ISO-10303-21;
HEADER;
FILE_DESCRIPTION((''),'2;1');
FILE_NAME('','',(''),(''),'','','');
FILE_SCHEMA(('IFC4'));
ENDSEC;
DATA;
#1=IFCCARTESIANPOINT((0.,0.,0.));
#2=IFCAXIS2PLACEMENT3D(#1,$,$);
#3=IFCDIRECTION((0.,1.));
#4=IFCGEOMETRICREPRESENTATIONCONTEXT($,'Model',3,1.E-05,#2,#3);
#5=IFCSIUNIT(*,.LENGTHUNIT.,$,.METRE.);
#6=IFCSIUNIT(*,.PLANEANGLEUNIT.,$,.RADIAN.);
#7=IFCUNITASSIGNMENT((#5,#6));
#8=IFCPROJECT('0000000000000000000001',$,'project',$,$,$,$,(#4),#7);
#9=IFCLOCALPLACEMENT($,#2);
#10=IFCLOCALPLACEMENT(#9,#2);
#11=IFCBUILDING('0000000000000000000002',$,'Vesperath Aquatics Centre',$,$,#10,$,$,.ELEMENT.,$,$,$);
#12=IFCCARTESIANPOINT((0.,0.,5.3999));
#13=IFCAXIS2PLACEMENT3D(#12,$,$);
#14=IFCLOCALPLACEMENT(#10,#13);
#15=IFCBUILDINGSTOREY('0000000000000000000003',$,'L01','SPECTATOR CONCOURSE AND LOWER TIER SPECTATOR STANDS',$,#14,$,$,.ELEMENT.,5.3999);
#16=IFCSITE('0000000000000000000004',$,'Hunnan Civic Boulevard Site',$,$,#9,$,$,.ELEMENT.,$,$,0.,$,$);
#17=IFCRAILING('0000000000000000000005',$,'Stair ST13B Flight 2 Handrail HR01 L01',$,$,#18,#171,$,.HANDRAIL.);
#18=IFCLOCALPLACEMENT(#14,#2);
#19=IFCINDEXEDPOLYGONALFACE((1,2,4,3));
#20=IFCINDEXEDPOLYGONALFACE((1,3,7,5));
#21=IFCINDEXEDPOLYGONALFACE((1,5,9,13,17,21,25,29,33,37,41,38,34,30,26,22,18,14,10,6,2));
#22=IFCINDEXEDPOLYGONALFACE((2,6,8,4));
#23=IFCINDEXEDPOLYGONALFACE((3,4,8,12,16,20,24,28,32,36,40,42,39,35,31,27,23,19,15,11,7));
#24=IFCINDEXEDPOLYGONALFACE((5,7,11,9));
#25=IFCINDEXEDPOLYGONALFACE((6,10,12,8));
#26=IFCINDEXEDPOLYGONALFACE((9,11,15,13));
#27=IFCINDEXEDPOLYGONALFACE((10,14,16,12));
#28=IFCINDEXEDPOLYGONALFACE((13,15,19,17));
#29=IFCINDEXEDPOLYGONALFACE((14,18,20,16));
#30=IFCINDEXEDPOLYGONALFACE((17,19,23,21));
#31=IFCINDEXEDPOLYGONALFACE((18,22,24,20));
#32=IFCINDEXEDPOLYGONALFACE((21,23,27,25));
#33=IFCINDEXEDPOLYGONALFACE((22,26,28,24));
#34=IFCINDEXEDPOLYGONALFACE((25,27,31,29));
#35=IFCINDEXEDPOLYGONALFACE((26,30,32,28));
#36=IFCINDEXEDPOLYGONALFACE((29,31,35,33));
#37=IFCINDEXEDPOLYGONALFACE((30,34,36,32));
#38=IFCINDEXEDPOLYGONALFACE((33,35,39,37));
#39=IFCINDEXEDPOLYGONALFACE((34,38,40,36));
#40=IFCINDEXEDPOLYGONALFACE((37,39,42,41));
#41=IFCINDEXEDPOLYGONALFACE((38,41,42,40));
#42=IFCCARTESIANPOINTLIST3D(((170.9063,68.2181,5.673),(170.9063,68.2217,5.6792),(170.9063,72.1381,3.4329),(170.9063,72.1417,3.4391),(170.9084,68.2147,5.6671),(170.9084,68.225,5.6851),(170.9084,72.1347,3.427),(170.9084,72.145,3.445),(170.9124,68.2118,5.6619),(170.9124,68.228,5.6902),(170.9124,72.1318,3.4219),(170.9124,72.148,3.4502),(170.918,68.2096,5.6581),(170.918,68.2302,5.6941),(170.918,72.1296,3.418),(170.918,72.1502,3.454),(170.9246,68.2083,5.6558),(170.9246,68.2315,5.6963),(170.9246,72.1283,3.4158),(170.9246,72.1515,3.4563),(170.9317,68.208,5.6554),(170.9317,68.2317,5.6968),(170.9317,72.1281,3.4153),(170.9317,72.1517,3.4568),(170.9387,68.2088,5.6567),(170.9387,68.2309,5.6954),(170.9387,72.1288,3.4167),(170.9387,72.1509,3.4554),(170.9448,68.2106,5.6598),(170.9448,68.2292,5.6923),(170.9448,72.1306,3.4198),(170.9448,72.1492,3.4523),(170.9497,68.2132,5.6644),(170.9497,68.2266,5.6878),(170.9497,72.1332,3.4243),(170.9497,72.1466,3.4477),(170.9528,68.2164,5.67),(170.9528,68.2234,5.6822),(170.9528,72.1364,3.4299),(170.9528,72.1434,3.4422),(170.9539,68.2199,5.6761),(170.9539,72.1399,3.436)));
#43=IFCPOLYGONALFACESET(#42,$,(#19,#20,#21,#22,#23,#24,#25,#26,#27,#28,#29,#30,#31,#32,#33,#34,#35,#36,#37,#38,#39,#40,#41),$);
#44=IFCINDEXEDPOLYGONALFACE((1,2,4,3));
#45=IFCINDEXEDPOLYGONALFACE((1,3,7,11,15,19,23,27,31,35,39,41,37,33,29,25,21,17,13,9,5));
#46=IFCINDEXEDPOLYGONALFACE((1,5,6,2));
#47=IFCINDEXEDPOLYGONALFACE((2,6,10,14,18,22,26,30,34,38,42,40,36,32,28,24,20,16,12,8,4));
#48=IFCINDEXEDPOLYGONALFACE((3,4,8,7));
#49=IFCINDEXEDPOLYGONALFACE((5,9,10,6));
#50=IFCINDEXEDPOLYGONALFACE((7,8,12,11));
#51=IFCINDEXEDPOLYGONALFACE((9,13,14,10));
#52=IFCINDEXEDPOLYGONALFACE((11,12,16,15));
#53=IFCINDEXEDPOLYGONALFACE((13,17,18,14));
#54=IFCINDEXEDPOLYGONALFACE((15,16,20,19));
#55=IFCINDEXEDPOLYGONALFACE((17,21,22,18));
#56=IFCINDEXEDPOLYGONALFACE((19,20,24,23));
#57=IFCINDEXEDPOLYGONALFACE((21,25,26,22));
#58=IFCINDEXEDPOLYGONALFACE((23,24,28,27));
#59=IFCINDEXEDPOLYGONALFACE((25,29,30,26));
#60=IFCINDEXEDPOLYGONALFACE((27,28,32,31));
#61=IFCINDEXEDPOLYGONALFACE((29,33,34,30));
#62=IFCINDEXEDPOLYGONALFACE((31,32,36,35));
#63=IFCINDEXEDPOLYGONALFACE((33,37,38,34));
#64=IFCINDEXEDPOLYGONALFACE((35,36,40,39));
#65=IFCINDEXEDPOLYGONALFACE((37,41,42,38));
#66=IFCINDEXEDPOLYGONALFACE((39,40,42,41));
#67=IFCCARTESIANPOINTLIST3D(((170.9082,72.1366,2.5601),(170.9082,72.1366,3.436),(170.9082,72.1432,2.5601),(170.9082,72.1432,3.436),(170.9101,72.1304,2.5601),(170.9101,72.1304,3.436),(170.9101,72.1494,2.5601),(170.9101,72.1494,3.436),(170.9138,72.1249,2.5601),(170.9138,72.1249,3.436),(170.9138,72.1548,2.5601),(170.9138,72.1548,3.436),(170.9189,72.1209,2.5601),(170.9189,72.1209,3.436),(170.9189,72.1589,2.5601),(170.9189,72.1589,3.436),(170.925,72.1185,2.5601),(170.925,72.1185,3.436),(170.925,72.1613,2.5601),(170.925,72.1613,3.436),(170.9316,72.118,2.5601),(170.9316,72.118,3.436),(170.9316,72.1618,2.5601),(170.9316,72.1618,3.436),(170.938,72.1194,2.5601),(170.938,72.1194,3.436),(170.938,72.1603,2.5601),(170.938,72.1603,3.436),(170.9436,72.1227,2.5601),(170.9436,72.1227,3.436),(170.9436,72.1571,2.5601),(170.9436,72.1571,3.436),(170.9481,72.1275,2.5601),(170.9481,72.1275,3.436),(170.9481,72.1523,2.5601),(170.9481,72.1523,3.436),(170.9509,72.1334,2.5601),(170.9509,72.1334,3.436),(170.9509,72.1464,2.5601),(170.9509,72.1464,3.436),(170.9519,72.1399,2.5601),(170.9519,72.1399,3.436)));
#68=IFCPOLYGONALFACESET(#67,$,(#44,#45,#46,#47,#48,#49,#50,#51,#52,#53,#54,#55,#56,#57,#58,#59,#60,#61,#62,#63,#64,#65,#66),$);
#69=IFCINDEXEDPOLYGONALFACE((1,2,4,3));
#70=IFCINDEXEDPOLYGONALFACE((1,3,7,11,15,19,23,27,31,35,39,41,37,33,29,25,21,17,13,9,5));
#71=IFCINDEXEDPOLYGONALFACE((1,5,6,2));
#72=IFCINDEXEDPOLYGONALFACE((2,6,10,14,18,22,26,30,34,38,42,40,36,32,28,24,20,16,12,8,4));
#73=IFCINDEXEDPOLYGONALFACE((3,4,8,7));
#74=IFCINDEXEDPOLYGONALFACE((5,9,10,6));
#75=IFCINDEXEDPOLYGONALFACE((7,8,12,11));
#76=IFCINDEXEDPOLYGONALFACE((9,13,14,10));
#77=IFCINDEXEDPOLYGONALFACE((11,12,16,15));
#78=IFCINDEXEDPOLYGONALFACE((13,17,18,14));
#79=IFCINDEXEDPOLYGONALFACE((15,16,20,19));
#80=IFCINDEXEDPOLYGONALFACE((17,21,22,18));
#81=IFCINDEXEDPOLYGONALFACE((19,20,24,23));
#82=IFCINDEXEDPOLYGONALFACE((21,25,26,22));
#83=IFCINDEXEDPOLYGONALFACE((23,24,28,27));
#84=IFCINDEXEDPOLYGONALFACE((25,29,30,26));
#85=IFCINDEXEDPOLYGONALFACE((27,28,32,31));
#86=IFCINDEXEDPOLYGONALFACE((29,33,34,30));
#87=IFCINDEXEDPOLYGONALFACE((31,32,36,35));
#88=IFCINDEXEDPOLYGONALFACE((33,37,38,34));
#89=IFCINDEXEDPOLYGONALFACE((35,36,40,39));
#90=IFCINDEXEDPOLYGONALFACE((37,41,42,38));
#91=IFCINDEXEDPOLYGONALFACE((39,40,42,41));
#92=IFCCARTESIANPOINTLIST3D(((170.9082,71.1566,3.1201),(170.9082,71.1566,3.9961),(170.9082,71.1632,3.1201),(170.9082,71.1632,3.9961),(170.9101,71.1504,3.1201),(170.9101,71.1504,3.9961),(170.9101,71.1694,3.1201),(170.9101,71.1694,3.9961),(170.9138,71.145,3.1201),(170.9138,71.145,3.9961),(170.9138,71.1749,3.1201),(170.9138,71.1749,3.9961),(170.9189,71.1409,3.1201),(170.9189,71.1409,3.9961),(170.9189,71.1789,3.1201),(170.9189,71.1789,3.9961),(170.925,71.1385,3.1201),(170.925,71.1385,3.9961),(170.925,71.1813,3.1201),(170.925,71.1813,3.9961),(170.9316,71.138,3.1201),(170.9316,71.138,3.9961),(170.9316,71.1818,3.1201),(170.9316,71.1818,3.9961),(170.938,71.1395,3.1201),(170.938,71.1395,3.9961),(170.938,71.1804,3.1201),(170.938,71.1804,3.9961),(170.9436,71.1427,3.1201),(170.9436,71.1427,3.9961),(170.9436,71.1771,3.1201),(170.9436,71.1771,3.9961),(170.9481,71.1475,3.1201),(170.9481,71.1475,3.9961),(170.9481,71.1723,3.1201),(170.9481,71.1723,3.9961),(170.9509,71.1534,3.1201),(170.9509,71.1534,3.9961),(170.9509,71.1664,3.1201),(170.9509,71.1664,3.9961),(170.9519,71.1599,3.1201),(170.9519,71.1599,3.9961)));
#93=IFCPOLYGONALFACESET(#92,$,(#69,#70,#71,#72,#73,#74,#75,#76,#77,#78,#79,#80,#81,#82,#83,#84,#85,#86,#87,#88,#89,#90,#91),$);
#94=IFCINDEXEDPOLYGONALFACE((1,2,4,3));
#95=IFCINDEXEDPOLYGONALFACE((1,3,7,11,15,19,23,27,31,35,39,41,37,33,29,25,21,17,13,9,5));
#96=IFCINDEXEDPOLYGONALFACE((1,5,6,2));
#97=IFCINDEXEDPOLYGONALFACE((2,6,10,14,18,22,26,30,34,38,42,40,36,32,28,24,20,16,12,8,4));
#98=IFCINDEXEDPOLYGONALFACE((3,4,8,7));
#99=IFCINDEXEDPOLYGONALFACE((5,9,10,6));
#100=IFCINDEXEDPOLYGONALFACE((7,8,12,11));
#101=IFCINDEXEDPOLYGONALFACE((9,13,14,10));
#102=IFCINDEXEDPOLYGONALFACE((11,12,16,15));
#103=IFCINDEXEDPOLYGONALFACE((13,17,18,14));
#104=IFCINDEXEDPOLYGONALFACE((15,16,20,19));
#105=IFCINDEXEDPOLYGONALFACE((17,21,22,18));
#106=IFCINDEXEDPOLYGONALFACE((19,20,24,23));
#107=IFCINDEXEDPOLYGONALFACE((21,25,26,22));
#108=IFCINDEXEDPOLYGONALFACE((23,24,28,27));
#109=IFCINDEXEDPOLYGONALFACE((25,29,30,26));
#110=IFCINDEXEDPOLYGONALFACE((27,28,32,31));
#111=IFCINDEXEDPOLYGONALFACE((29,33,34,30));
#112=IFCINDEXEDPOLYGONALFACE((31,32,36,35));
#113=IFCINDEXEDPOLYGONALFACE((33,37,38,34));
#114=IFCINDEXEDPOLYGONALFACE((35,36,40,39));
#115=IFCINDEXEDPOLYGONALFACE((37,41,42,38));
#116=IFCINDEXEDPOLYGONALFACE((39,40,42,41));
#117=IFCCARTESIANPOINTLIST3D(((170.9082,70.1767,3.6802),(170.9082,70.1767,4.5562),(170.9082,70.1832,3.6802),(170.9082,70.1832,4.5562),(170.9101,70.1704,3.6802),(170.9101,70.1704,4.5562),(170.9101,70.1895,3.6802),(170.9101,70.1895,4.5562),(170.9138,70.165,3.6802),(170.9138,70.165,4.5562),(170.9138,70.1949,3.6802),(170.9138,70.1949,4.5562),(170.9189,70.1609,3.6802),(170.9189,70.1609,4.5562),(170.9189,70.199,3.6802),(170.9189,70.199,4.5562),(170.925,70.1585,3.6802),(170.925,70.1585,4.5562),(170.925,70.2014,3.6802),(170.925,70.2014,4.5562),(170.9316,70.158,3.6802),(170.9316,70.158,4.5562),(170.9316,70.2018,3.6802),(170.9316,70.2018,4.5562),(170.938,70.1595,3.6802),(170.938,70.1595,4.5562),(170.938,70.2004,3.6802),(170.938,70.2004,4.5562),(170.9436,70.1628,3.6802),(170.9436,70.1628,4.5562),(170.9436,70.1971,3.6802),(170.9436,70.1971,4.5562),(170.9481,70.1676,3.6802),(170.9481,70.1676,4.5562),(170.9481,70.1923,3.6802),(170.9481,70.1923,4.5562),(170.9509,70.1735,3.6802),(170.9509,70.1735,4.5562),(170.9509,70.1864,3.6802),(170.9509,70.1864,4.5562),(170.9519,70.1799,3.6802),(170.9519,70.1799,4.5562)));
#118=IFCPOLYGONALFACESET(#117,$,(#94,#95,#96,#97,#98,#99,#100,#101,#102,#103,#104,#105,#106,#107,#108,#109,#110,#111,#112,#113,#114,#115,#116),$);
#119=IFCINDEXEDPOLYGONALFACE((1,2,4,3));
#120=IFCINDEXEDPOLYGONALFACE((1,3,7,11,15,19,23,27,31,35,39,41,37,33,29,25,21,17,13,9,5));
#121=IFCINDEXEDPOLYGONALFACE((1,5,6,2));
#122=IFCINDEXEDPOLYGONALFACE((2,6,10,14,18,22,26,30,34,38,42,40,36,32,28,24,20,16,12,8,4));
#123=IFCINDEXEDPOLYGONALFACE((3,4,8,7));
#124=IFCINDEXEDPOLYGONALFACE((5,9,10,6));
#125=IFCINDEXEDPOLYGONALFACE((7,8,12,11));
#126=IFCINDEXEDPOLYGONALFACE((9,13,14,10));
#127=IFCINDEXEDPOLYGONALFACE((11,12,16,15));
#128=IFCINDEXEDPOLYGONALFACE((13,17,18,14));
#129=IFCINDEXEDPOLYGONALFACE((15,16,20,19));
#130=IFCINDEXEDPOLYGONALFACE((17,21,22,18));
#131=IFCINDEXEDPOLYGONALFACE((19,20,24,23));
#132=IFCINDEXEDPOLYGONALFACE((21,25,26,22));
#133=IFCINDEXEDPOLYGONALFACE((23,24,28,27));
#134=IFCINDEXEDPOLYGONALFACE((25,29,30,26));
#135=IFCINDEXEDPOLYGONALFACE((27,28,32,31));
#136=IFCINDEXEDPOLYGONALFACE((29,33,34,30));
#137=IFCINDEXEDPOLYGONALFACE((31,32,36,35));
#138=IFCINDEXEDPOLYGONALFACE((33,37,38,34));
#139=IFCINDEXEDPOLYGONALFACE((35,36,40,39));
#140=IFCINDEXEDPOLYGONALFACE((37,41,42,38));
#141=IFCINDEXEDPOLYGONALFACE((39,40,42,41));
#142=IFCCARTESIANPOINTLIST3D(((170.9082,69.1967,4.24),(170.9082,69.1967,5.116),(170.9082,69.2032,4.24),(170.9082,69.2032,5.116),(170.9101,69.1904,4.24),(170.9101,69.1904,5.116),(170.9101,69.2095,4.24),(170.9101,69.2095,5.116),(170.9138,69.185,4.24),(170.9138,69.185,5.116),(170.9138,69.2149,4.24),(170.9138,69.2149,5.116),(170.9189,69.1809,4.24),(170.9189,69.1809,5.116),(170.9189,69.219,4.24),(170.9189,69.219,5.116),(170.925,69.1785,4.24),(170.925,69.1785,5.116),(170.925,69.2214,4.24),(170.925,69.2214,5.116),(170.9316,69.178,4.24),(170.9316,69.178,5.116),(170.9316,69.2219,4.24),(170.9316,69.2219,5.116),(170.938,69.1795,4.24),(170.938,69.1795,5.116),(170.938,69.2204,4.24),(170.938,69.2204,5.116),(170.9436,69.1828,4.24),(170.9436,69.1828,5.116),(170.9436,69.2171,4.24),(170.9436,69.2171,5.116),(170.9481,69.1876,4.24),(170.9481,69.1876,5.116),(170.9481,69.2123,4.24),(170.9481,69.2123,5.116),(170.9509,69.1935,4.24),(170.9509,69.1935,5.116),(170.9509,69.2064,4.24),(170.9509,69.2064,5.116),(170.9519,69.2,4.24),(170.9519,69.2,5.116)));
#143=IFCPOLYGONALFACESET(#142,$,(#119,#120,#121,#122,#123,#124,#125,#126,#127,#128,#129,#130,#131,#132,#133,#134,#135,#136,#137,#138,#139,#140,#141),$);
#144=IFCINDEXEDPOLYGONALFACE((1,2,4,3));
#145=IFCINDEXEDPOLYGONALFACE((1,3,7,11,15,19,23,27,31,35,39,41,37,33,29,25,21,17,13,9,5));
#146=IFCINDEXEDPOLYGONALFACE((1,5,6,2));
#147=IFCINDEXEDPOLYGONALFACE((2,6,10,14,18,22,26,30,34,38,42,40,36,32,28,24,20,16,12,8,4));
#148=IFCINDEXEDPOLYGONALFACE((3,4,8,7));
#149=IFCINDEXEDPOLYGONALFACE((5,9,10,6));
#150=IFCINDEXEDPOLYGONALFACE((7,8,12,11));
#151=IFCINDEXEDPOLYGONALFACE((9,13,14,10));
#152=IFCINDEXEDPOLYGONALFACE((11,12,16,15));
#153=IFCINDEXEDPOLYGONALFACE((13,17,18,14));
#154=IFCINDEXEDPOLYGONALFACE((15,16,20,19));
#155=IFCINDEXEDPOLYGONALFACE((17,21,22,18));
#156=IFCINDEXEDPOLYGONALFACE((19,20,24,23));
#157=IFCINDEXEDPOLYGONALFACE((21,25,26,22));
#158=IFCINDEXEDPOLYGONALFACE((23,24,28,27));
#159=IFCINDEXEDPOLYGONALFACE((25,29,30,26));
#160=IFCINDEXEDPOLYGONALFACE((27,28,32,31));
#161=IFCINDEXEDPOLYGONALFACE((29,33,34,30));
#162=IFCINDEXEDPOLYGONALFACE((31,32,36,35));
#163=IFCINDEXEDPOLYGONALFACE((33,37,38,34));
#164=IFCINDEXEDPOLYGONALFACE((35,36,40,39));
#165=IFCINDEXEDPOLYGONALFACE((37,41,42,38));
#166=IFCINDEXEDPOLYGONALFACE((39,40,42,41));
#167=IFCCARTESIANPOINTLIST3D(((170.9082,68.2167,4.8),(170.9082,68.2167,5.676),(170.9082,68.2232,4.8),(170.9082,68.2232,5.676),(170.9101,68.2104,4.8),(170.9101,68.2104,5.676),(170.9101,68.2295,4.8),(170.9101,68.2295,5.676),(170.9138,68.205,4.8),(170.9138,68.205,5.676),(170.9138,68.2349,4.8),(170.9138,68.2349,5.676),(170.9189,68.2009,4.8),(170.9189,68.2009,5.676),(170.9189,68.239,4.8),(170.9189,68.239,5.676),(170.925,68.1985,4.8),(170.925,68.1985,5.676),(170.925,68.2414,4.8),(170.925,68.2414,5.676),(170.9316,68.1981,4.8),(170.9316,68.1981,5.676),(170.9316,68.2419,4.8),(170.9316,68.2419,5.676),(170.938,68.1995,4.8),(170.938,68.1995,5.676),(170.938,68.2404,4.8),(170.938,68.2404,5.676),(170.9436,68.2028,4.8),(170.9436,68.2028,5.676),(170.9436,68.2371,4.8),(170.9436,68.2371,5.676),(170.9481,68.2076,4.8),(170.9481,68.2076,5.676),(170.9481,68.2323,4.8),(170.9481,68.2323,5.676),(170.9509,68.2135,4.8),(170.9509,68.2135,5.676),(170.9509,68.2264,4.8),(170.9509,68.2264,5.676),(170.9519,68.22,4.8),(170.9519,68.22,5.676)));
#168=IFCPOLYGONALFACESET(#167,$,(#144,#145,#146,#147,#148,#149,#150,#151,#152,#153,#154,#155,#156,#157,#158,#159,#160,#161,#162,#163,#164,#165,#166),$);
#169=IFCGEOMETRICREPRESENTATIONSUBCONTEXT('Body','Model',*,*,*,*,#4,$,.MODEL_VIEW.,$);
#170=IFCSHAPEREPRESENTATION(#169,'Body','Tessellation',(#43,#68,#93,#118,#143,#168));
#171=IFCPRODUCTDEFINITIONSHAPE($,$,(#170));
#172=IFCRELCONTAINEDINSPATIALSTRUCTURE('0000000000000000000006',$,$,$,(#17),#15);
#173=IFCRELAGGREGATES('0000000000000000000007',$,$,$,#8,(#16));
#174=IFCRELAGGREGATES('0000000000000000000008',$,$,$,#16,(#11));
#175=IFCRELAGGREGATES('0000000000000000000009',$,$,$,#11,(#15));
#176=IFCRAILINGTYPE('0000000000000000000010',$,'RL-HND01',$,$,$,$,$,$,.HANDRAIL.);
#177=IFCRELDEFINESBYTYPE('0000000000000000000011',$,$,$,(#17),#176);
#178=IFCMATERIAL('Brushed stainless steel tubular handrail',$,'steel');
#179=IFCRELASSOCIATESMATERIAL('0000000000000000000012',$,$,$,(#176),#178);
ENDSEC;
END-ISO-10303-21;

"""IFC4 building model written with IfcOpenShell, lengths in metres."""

from ifc_helpers import new_model, si_unit, direction, frame, origin, origin_2d, place, context, subcontext, project, spatial, circle, extrude, material, type_object, element, save


model = new_model("IFC4")

# Units and contexts
model_context = context("Model", 3, precision=1e-05, world=origin(), true_north=direction((0.0, 1.0)))
body_context = subcontext(model_context, "Body", "Model", "MODEL_VIEW")
ifc_project = project(units=[si_unit("LENGTHUNIT", "METRE"), si_unit("PLANEANGLEUNIT", "RADIAN")], contexts=[model_context])

# Site, building, storey
site_placement = place(None, origin())
site = spatial("IfcSite", under=ifc_project, at=site_placement, Name="Hunnan Civic Boulevard Site", CompositionType="ELEMENT", RefElevation=0.0)
building_placement = place(site_placement, origin())
building = spatial("IfcBuilding", under=site, at=building_placement, Name="Vesperath Aquatics Centre", CompositionType="ELEMENT")
storey_placement = place(building_placement, frame((0.0, 0.0, 5.3999)))
storey = spatial("IfcBuildingStorey", under=building, at=storey_placement, Name="L01", Description="SPECTATOR CONCOURSE AND LOWER TIER SPECTATOR STANDS", CompositionType="ELEMENT", Elevation=5.3999)

# Railing
ifc_material_1 = material(Name="Brushed stainless steel tubular handrail", Category="steel")
railing_type_1 = type_object("IfcRailingType", Name="RL-HND01", PredefinedType="HANDRAIL", material=ifc_material_1)
railing_1_placement = place(storey_placement, frame((170.9299, 72.1399, 2.5601)))
element("IfcRailing", 1, at=railing_1_placement, inside=storey, type_object=railing_type_1, Name="Stair ST13B Flight 2 Handrail HR01 L01", PredefinedType="HANDRAIL", context=body_context, shape_type="SweptSolid", body=[
    extrude(circle(Radius=0.0239, at=origin_2d()), frame((0.0, 0.0, 0.876), z_axis=(0.0, -0.86824, 0.496145), x_axis=(1.0, 0.0, 0.0)), (0.0, 0.0, 1.0), 4.5149),
    extrude(circle(Radius=0.022, at=origin_2d()), origin(), (0.0, 0.0, 1.0), 0.876),
    extrude(circle(Radius=0.022, at=origin_2d()), frame((0.0, -0.98, 0.5601)), (0.0, 0.0, 1.0), 0.876),
    extrude(circle(Radius=0.022, at=origin_2d()), frame((0.0, -1.96, 1.1201)), (0.0, 0.0, 1.0), 0.876),
    extrude(circle(Radius=0.022, at=origin_2d()), frame((0.0, -2.9399, 1.6799)), (0.0, 0.0, 1.0), 0.876),
    extrude(circle(Radius=0.022, at=origin_2d()), frame((0.0, -3.9199, 2.24)), (0.0, 0.0, 1.0), 0.876),
])

save(model, "model.ifc")
